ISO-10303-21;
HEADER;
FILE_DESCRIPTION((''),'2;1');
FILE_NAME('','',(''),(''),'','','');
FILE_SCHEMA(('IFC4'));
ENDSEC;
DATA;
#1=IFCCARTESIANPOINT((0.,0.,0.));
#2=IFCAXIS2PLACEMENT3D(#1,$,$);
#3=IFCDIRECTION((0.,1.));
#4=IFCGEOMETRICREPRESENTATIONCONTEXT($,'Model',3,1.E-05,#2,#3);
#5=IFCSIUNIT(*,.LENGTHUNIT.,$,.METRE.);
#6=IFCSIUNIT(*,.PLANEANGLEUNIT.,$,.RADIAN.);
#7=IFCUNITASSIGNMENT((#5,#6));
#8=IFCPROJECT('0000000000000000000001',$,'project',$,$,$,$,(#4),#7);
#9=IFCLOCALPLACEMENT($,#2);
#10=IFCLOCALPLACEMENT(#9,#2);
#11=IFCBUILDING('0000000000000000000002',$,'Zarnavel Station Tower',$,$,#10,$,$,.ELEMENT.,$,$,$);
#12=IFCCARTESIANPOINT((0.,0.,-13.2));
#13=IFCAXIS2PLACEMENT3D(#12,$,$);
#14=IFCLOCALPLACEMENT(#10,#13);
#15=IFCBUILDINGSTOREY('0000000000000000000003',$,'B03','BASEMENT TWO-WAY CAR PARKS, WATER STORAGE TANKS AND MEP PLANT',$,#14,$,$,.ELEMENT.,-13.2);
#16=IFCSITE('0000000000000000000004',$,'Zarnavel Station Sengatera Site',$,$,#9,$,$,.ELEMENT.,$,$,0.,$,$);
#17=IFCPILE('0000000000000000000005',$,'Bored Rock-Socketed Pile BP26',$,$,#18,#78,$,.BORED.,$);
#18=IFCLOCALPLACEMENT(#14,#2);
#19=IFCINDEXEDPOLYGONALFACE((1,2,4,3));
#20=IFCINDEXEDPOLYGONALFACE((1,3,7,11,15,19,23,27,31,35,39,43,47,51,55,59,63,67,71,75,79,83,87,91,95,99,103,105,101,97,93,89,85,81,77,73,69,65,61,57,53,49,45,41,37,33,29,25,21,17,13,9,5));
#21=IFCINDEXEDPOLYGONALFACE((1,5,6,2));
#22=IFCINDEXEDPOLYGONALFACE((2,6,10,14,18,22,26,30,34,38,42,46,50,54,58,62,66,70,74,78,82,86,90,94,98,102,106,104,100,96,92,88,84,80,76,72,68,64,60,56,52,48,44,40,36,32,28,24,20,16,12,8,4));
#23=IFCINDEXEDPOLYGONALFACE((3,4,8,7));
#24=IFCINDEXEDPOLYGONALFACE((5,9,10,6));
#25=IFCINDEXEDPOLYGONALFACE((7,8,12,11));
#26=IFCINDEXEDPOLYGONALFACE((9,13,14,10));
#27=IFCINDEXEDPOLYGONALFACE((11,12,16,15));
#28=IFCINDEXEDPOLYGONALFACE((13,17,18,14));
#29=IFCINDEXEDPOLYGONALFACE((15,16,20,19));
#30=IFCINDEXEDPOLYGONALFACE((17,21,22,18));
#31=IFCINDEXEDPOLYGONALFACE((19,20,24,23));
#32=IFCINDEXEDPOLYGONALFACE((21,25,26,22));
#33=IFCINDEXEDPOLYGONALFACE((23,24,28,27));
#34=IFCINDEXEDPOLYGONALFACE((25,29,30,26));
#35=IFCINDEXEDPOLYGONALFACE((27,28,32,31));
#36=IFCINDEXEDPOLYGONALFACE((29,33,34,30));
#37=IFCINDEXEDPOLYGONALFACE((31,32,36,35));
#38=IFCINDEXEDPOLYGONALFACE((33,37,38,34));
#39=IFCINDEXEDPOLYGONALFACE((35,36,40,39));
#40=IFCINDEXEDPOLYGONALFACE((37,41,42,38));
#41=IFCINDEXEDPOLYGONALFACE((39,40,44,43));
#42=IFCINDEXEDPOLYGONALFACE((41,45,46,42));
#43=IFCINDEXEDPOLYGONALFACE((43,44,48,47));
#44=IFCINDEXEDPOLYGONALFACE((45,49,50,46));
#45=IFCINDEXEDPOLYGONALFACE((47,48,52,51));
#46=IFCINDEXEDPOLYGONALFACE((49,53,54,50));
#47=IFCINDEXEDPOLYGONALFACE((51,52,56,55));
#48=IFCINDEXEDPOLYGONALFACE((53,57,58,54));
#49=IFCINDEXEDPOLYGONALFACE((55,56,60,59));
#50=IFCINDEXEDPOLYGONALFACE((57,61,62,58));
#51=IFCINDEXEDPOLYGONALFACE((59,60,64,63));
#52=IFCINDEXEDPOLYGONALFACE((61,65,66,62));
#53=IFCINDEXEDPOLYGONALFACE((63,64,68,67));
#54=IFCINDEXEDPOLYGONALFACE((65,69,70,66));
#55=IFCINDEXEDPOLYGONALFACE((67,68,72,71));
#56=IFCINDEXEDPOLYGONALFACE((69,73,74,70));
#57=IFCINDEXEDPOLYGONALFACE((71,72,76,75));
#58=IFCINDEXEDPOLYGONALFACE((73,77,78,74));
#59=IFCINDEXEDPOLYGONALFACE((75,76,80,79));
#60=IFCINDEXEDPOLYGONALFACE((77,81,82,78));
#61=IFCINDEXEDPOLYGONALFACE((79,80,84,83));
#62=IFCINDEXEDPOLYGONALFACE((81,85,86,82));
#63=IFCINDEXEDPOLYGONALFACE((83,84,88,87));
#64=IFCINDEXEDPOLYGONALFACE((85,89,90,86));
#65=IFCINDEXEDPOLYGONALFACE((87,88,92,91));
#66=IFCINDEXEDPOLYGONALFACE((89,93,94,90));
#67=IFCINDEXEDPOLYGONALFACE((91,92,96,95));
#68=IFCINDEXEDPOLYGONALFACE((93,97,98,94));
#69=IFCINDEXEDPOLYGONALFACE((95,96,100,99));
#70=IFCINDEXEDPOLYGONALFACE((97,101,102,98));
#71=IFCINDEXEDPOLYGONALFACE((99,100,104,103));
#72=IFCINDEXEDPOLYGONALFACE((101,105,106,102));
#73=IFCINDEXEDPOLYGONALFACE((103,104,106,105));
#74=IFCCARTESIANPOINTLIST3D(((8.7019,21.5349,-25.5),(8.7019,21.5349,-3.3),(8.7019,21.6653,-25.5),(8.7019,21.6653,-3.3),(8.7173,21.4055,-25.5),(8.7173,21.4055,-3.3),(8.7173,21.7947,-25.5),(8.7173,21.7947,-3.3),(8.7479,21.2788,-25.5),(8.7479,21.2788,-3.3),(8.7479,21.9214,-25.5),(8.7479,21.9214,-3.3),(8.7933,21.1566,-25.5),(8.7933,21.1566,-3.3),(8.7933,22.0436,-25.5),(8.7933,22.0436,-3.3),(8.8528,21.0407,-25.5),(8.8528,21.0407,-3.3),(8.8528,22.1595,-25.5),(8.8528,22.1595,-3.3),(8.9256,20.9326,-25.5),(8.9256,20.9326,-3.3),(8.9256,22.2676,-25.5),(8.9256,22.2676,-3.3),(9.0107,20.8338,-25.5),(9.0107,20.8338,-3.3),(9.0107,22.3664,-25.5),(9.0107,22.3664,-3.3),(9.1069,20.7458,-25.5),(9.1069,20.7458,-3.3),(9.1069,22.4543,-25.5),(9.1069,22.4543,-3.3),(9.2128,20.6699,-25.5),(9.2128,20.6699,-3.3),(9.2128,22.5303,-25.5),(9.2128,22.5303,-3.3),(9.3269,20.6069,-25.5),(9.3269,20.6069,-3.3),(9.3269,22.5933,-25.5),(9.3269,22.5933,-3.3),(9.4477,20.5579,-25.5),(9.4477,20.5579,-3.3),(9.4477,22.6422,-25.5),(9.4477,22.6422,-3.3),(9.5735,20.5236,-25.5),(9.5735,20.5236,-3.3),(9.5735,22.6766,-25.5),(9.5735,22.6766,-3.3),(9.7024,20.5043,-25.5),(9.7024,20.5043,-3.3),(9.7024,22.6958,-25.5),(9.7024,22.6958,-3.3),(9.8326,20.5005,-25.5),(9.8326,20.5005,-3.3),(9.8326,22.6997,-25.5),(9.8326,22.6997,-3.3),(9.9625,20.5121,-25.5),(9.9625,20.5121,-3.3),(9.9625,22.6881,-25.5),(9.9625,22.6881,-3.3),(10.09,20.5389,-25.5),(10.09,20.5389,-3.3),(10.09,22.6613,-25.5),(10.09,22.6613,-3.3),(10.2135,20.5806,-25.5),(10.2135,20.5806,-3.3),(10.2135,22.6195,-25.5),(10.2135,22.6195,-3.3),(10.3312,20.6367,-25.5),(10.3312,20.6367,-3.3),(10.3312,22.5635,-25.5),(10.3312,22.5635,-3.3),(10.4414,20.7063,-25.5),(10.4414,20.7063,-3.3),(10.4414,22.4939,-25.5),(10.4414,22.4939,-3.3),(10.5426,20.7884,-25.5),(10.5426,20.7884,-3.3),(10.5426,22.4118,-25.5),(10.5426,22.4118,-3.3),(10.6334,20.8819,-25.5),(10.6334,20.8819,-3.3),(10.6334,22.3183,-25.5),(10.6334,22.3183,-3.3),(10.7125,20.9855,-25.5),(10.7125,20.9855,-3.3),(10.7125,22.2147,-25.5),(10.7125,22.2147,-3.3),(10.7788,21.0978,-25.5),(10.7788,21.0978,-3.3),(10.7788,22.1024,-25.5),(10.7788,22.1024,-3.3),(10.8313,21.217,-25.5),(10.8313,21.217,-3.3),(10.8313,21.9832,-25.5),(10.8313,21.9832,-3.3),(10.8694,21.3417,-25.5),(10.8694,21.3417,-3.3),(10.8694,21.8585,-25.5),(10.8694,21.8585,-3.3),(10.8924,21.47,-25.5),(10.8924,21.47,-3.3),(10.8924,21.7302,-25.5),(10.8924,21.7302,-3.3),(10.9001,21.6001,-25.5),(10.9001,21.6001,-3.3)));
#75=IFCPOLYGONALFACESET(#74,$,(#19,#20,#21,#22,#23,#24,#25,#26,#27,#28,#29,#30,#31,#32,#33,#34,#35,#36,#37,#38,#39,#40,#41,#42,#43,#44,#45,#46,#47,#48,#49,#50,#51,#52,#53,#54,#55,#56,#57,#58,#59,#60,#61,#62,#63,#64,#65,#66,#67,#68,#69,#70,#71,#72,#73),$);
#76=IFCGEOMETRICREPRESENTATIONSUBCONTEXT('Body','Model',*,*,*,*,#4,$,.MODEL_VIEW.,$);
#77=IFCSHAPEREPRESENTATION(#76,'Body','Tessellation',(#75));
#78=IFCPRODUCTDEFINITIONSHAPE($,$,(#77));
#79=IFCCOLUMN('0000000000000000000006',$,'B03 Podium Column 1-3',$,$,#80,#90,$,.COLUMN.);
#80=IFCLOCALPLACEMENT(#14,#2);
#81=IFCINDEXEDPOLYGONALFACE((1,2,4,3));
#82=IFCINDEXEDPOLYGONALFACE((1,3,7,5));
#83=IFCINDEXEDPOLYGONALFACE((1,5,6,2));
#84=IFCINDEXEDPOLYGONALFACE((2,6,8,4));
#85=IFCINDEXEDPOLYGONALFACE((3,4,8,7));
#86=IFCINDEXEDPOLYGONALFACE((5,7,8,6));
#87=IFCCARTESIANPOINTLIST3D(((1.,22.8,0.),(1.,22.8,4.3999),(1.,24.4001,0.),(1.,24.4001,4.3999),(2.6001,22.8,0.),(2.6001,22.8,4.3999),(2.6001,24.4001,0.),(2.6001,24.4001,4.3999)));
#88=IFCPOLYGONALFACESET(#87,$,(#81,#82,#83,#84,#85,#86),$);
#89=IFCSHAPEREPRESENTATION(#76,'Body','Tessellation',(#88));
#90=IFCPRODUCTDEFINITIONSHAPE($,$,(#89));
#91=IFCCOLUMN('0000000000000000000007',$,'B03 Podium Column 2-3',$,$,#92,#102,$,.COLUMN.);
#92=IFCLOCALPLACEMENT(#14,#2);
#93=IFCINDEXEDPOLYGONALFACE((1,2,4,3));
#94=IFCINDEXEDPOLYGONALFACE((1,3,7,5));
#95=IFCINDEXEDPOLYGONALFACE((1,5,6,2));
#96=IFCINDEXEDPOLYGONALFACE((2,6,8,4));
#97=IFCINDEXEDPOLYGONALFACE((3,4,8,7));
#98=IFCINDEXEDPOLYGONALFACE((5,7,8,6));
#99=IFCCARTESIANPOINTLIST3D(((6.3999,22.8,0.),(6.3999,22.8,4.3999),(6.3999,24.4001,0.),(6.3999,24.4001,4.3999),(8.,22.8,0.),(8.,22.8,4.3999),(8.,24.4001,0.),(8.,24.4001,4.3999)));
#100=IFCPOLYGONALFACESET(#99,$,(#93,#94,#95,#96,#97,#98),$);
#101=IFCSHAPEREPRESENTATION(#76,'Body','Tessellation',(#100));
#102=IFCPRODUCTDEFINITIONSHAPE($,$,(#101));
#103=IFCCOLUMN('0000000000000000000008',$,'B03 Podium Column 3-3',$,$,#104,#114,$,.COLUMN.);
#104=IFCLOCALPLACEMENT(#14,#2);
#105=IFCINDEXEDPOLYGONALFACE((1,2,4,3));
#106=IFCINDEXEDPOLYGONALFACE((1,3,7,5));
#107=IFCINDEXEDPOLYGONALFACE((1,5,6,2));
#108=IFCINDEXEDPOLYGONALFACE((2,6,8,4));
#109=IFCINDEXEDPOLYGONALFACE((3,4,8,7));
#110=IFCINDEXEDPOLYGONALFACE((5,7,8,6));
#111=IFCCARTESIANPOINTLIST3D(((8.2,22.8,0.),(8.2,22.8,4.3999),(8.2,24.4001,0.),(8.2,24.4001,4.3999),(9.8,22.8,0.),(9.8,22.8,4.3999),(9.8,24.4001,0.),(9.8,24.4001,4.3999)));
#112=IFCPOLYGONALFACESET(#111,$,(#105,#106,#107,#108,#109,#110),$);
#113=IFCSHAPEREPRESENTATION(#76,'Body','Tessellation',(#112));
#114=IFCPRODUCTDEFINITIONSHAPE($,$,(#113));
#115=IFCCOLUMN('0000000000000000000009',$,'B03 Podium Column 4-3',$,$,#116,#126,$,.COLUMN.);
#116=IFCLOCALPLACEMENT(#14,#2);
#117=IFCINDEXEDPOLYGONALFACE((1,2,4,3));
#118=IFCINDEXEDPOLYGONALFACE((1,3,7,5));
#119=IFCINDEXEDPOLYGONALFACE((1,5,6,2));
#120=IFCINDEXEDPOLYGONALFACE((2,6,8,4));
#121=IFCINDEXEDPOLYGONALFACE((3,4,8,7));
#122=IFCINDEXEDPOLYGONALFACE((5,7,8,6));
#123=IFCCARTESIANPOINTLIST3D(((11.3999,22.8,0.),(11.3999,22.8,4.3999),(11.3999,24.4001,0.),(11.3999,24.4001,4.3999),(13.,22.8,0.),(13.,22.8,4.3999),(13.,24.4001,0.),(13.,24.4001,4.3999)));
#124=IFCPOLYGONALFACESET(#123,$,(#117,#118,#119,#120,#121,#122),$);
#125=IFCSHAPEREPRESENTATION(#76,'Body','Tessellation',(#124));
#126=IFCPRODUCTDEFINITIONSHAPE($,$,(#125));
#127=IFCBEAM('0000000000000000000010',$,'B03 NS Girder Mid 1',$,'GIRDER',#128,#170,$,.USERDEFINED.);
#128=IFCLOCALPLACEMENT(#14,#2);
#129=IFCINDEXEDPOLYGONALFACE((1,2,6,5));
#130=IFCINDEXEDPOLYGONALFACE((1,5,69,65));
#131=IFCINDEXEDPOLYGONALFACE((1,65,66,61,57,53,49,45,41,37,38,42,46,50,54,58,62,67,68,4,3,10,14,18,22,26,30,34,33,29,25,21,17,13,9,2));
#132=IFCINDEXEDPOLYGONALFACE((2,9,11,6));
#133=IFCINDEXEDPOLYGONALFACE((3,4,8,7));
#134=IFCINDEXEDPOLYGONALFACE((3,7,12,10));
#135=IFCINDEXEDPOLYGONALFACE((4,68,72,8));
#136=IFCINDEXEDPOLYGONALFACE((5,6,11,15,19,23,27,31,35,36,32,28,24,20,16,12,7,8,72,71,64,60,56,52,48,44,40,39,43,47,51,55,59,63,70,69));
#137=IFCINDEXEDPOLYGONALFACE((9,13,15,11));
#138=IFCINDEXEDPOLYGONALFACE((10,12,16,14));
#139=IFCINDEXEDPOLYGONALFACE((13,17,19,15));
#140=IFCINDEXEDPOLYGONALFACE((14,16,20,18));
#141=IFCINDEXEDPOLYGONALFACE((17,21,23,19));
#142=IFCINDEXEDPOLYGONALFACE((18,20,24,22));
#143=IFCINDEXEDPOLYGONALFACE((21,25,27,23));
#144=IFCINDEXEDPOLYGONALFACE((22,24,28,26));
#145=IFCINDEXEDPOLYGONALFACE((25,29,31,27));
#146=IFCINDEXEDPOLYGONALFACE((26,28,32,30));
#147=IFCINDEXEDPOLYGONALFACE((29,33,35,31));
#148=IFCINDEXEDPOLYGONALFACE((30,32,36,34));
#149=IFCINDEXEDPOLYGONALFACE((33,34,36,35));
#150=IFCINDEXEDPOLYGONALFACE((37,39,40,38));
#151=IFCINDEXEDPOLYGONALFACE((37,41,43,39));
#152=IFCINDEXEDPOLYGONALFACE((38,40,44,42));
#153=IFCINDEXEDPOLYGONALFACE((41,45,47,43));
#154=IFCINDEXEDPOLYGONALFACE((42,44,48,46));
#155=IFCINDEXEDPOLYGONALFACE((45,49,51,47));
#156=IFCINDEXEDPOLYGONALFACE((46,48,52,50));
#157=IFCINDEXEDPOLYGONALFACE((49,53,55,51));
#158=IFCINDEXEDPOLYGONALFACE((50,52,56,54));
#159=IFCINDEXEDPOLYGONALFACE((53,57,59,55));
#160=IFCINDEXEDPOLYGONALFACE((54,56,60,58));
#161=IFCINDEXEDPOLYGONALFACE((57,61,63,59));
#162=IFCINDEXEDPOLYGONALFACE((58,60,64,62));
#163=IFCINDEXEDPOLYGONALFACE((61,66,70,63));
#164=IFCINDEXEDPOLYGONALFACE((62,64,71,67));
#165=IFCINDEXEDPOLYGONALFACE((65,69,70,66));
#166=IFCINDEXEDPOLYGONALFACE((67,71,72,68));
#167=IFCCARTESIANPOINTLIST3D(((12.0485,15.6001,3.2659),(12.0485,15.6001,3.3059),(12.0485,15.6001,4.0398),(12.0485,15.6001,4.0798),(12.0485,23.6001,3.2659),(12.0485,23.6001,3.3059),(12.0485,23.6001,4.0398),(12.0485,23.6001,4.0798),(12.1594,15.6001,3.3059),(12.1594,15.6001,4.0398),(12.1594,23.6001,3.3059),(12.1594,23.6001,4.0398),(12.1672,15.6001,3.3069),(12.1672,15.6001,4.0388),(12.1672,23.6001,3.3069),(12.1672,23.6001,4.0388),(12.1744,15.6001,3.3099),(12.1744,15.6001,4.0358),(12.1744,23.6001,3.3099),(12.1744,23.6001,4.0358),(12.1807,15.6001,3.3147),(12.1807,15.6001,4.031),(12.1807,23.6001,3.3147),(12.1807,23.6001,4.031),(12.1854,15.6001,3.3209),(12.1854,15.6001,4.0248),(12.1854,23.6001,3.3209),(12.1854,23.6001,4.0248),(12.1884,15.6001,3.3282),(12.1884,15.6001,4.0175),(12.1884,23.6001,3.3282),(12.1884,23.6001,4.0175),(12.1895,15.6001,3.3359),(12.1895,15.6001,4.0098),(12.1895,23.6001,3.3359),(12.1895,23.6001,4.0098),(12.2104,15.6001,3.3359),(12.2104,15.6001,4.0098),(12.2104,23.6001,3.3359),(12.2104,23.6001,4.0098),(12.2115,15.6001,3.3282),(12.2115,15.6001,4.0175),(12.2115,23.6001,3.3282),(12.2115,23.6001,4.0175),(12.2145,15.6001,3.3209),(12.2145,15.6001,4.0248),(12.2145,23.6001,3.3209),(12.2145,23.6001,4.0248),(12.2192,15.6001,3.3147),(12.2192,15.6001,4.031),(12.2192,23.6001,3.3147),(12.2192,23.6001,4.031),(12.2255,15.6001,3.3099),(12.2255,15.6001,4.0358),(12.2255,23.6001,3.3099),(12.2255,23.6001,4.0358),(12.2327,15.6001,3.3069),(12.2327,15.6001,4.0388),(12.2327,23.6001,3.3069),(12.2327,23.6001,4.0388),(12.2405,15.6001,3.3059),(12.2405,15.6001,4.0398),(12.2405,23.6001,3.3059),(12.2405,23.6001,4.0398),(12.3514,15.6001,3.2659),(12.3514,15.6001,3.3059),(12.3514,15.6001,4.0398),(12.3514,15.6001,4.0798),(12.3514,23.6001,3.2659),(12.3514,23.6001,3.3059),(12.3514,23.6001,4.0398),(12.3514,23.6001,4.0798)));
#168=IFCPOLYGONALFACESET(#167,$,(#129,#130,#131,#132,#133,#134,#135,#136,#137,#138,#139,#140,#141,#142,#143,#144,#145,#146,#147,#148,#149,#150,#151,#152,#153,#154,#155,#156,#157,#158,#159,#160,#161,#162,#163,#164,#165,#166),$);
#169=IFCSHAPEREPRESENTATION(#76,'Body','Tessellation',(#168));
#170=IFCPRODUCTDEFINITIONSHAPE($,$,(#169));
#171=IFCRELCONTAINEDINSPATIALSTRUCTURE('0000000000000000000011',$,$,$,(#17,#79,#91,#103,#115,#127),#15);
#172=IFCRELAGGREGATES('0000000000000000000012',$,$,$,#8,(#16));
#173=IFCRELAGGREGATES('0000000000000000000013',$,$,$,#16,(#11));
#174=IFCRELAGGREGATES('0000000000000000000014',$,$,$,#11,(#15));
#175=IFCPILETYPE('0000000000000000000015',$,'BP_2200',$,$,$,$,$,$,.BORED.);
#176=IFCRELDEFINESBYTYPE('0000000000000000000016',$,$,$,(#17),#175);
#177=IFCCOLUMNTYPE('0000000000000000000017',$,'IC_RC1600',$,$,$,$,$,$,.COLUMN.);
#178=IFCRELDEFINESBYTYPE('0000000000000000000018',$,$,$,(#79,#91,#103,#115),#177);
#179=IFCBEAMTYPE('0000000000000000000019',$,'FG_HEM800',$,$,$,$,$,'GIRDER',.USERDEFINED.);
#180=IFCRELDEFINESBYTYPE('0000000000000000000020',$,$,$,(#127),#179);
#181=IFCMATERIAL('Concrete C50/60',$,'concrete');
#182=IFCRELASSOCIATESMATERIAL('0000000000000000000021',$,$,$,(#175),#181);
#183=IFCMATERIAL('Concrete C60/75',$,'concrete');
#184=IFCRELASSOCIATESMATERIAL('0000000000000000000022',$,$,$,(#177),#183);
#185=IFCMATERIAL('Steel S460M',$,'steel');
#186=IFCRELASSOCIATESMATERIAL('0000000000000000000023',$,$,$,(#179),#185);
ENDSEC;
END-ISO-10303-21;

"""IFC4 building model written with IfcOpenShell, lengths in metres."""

from ifc_helpers import new_model, si_unit, direction, frame, origin, origin_2d, place, context, subcontext, project, spatial, rectangle, circle, i_section, extrude, material, material_profile, profile_set, type_object, element, save


model = new_model("IFC4")

# Units and contexts
model_context = context("Model", 3, precision=1e-05, world=origin(), true_north=direction((0.0, 1.0)))
body_context = subcontext(model_context, "Body", "Model", "MODEL_VIEW")
ifc_project = project(units=[si_unit("LENGTHUNIT", "METRE"), si_unit("PLANEANGLEUNIT", "RADIAN")], contexts=[model_context])

# Site, building, storey
site_placement = place(None, origin())
site = spatial("IfcSite", under=ifc_project, at=site_placement, Name="Zarnavel Station Sengatera Site", CompositionType="ELEMENT", RefElevation=0.0)
building_placement = place(site_placement, origin())
building = spatial("IfcBuilding", under=site, at=building_placement, Name="Zarnavel Station Tower", CompositionType="ELEMENT")
storey_placement = place(building_placement, frame((0.0, 0.0, -13.2)))
storey = spatial("IfcBuildingStorey", under=building, at=storey_placement, Name="B03", Description="BASEMENT TWO-WAY CAR PARKS, WATER STORAGE TANKS AND MEP PLANT", CompositionType="ELEMENT", Elevation=-13.2)

# Pile
ifc_material_1 = material(Name="Concrete C50/60", Category="concrete")
ifc_material_profile_1 = material_profile(ifc_material_1, circle(Radius=1.1001, at=origin_2d()), Name="PILE2200")
ifc_profile_set_1 = profile_set([ifc_material_profile_1], Name="Concrete C50/60")
pile_type = type_object("IfcPileType", Name="BP_2200", PredefinedType="BORED", material=ifc_profile_set_1)
for number, where, z_axis, x_axis, name in (
    (1, (9.8, 21.6001, -3.3), (0.0, 0.0, -1.0), (1.0, 0.0, 0.0), "Bored Rock-Socketed Pile BP26"),
):
    element("IfcPile", number, at=place(storey_placement, frame(where, z_axis=z_axis, x_axis=x_axis)), inside=storey, type_object=pile_type, Name=name, PredefinedType="BORED", context=body_context, shape_type="SweptSolid", body=[
        extrude(circle(Radius=1.1001, at=origin_2d()), origin(), (0.0, 0.0, 1.0), 22.2),
    ])

# Columns
ifc_material_2 = material(Name="Concrete C60/75", Category="concrete")
ifc_material_profile_2 = material_profile(ifc_material_2, rectangle(XDim=1.6001, YDim=1.6001, at=origin_2d()), Name="RC1600x1600")
ifc_profile_set_2 = profile_set([ifc_material_profile_2], Name="Concrete C60/75")
column_type = type_object("IfcColumnType", Name="IC_RC1600", PredefinedType="COLUMN", material=ifc_profile_set_2)
for number, where, z_axis, x_axis, name in (
    (2, (1.8, 23.6001, 0.0), (0.0, 0.0, 1.0), (1.0, 0.0, 0.0), "B03 Podium Column 1-3"),
    (3, (7.2, 23.6001, 0.0), (0.0, 0.0, 1.0), (1.0, 0.0, 0.0), "B03 Podium Column 2-3"),
    (4, (9.0, 23.6001, 0.0), (0.0, 0.0, 1.0), (1.0, 0.0, 0.0), "B03 Podium Column 3-3"),
    (5, (12.2, 23.6001, 0.0), (0.0, 0.0, 1.0), (1.0, 0.0, 0.0), "B03 Podium Column 4-3"),
):
    element("IfcColumn", number, at=place(storey_placement, frame(where, z_axis=z_axis, x_axis=x_axis)), inside=storey, type_object=column_type, Name=name, PredefinedType="COLUMN", context=body_context, shape_type="SweptSolid", body=[
        extrude(rectangle(XDim=1.6001, YDim=1.6001, at=origin_2d()), origin(), (0.0, 0.0, 1.0), 4.3999),
    ])

# Beam
ifc_material_3 = material(Name="Steel S460M", Category="steel")
ifc_material_profile_3 = material_profile(ifc_material_3, i_section(OverallWidth=0.303, OverallDepth=0.814, WebThickness=0.021, FlangeThickness=0.04, FilletRadius=0.03, at=origin_2d()), Name="HEM800")
ifc_profile_set_3 = profile_set([ifc_material_profile_3], Name="Steel S460M")
beam_type_1 = type_object("IfcBeamType", Name="FG_HEM800", ElementType="GIRDER", PredefinedType="USERDEFINED", material=ifc_profile_set_3)
beam_1_placement = place(storey_placement, frame((12.2, 15.6001, 3.6729), z_axis=(0.0, 1.0, 0.0), x_axis=(-1.0, 0.0, 0.0)))
element("IfcBeam", 6, at=beam_1_placement, inside=storey, type_object=beam_type_1, Name="B03 NS Girder Mid 1", ObjectType="GIRDER", PredefinedType="USERDEFINED", context=body_context, shape_type="SweptSolid", body=[
    extrude(i_section(OverallWidth=0.303, OverallDepth=0.814, WebThickness=0.021, FlangeThickness=0.04, FilletRadius=0.03, at=origin_2d()), origin(), (0.0, 0.0, 1.0), 8.0),
])

save(model, "model.ifc")
